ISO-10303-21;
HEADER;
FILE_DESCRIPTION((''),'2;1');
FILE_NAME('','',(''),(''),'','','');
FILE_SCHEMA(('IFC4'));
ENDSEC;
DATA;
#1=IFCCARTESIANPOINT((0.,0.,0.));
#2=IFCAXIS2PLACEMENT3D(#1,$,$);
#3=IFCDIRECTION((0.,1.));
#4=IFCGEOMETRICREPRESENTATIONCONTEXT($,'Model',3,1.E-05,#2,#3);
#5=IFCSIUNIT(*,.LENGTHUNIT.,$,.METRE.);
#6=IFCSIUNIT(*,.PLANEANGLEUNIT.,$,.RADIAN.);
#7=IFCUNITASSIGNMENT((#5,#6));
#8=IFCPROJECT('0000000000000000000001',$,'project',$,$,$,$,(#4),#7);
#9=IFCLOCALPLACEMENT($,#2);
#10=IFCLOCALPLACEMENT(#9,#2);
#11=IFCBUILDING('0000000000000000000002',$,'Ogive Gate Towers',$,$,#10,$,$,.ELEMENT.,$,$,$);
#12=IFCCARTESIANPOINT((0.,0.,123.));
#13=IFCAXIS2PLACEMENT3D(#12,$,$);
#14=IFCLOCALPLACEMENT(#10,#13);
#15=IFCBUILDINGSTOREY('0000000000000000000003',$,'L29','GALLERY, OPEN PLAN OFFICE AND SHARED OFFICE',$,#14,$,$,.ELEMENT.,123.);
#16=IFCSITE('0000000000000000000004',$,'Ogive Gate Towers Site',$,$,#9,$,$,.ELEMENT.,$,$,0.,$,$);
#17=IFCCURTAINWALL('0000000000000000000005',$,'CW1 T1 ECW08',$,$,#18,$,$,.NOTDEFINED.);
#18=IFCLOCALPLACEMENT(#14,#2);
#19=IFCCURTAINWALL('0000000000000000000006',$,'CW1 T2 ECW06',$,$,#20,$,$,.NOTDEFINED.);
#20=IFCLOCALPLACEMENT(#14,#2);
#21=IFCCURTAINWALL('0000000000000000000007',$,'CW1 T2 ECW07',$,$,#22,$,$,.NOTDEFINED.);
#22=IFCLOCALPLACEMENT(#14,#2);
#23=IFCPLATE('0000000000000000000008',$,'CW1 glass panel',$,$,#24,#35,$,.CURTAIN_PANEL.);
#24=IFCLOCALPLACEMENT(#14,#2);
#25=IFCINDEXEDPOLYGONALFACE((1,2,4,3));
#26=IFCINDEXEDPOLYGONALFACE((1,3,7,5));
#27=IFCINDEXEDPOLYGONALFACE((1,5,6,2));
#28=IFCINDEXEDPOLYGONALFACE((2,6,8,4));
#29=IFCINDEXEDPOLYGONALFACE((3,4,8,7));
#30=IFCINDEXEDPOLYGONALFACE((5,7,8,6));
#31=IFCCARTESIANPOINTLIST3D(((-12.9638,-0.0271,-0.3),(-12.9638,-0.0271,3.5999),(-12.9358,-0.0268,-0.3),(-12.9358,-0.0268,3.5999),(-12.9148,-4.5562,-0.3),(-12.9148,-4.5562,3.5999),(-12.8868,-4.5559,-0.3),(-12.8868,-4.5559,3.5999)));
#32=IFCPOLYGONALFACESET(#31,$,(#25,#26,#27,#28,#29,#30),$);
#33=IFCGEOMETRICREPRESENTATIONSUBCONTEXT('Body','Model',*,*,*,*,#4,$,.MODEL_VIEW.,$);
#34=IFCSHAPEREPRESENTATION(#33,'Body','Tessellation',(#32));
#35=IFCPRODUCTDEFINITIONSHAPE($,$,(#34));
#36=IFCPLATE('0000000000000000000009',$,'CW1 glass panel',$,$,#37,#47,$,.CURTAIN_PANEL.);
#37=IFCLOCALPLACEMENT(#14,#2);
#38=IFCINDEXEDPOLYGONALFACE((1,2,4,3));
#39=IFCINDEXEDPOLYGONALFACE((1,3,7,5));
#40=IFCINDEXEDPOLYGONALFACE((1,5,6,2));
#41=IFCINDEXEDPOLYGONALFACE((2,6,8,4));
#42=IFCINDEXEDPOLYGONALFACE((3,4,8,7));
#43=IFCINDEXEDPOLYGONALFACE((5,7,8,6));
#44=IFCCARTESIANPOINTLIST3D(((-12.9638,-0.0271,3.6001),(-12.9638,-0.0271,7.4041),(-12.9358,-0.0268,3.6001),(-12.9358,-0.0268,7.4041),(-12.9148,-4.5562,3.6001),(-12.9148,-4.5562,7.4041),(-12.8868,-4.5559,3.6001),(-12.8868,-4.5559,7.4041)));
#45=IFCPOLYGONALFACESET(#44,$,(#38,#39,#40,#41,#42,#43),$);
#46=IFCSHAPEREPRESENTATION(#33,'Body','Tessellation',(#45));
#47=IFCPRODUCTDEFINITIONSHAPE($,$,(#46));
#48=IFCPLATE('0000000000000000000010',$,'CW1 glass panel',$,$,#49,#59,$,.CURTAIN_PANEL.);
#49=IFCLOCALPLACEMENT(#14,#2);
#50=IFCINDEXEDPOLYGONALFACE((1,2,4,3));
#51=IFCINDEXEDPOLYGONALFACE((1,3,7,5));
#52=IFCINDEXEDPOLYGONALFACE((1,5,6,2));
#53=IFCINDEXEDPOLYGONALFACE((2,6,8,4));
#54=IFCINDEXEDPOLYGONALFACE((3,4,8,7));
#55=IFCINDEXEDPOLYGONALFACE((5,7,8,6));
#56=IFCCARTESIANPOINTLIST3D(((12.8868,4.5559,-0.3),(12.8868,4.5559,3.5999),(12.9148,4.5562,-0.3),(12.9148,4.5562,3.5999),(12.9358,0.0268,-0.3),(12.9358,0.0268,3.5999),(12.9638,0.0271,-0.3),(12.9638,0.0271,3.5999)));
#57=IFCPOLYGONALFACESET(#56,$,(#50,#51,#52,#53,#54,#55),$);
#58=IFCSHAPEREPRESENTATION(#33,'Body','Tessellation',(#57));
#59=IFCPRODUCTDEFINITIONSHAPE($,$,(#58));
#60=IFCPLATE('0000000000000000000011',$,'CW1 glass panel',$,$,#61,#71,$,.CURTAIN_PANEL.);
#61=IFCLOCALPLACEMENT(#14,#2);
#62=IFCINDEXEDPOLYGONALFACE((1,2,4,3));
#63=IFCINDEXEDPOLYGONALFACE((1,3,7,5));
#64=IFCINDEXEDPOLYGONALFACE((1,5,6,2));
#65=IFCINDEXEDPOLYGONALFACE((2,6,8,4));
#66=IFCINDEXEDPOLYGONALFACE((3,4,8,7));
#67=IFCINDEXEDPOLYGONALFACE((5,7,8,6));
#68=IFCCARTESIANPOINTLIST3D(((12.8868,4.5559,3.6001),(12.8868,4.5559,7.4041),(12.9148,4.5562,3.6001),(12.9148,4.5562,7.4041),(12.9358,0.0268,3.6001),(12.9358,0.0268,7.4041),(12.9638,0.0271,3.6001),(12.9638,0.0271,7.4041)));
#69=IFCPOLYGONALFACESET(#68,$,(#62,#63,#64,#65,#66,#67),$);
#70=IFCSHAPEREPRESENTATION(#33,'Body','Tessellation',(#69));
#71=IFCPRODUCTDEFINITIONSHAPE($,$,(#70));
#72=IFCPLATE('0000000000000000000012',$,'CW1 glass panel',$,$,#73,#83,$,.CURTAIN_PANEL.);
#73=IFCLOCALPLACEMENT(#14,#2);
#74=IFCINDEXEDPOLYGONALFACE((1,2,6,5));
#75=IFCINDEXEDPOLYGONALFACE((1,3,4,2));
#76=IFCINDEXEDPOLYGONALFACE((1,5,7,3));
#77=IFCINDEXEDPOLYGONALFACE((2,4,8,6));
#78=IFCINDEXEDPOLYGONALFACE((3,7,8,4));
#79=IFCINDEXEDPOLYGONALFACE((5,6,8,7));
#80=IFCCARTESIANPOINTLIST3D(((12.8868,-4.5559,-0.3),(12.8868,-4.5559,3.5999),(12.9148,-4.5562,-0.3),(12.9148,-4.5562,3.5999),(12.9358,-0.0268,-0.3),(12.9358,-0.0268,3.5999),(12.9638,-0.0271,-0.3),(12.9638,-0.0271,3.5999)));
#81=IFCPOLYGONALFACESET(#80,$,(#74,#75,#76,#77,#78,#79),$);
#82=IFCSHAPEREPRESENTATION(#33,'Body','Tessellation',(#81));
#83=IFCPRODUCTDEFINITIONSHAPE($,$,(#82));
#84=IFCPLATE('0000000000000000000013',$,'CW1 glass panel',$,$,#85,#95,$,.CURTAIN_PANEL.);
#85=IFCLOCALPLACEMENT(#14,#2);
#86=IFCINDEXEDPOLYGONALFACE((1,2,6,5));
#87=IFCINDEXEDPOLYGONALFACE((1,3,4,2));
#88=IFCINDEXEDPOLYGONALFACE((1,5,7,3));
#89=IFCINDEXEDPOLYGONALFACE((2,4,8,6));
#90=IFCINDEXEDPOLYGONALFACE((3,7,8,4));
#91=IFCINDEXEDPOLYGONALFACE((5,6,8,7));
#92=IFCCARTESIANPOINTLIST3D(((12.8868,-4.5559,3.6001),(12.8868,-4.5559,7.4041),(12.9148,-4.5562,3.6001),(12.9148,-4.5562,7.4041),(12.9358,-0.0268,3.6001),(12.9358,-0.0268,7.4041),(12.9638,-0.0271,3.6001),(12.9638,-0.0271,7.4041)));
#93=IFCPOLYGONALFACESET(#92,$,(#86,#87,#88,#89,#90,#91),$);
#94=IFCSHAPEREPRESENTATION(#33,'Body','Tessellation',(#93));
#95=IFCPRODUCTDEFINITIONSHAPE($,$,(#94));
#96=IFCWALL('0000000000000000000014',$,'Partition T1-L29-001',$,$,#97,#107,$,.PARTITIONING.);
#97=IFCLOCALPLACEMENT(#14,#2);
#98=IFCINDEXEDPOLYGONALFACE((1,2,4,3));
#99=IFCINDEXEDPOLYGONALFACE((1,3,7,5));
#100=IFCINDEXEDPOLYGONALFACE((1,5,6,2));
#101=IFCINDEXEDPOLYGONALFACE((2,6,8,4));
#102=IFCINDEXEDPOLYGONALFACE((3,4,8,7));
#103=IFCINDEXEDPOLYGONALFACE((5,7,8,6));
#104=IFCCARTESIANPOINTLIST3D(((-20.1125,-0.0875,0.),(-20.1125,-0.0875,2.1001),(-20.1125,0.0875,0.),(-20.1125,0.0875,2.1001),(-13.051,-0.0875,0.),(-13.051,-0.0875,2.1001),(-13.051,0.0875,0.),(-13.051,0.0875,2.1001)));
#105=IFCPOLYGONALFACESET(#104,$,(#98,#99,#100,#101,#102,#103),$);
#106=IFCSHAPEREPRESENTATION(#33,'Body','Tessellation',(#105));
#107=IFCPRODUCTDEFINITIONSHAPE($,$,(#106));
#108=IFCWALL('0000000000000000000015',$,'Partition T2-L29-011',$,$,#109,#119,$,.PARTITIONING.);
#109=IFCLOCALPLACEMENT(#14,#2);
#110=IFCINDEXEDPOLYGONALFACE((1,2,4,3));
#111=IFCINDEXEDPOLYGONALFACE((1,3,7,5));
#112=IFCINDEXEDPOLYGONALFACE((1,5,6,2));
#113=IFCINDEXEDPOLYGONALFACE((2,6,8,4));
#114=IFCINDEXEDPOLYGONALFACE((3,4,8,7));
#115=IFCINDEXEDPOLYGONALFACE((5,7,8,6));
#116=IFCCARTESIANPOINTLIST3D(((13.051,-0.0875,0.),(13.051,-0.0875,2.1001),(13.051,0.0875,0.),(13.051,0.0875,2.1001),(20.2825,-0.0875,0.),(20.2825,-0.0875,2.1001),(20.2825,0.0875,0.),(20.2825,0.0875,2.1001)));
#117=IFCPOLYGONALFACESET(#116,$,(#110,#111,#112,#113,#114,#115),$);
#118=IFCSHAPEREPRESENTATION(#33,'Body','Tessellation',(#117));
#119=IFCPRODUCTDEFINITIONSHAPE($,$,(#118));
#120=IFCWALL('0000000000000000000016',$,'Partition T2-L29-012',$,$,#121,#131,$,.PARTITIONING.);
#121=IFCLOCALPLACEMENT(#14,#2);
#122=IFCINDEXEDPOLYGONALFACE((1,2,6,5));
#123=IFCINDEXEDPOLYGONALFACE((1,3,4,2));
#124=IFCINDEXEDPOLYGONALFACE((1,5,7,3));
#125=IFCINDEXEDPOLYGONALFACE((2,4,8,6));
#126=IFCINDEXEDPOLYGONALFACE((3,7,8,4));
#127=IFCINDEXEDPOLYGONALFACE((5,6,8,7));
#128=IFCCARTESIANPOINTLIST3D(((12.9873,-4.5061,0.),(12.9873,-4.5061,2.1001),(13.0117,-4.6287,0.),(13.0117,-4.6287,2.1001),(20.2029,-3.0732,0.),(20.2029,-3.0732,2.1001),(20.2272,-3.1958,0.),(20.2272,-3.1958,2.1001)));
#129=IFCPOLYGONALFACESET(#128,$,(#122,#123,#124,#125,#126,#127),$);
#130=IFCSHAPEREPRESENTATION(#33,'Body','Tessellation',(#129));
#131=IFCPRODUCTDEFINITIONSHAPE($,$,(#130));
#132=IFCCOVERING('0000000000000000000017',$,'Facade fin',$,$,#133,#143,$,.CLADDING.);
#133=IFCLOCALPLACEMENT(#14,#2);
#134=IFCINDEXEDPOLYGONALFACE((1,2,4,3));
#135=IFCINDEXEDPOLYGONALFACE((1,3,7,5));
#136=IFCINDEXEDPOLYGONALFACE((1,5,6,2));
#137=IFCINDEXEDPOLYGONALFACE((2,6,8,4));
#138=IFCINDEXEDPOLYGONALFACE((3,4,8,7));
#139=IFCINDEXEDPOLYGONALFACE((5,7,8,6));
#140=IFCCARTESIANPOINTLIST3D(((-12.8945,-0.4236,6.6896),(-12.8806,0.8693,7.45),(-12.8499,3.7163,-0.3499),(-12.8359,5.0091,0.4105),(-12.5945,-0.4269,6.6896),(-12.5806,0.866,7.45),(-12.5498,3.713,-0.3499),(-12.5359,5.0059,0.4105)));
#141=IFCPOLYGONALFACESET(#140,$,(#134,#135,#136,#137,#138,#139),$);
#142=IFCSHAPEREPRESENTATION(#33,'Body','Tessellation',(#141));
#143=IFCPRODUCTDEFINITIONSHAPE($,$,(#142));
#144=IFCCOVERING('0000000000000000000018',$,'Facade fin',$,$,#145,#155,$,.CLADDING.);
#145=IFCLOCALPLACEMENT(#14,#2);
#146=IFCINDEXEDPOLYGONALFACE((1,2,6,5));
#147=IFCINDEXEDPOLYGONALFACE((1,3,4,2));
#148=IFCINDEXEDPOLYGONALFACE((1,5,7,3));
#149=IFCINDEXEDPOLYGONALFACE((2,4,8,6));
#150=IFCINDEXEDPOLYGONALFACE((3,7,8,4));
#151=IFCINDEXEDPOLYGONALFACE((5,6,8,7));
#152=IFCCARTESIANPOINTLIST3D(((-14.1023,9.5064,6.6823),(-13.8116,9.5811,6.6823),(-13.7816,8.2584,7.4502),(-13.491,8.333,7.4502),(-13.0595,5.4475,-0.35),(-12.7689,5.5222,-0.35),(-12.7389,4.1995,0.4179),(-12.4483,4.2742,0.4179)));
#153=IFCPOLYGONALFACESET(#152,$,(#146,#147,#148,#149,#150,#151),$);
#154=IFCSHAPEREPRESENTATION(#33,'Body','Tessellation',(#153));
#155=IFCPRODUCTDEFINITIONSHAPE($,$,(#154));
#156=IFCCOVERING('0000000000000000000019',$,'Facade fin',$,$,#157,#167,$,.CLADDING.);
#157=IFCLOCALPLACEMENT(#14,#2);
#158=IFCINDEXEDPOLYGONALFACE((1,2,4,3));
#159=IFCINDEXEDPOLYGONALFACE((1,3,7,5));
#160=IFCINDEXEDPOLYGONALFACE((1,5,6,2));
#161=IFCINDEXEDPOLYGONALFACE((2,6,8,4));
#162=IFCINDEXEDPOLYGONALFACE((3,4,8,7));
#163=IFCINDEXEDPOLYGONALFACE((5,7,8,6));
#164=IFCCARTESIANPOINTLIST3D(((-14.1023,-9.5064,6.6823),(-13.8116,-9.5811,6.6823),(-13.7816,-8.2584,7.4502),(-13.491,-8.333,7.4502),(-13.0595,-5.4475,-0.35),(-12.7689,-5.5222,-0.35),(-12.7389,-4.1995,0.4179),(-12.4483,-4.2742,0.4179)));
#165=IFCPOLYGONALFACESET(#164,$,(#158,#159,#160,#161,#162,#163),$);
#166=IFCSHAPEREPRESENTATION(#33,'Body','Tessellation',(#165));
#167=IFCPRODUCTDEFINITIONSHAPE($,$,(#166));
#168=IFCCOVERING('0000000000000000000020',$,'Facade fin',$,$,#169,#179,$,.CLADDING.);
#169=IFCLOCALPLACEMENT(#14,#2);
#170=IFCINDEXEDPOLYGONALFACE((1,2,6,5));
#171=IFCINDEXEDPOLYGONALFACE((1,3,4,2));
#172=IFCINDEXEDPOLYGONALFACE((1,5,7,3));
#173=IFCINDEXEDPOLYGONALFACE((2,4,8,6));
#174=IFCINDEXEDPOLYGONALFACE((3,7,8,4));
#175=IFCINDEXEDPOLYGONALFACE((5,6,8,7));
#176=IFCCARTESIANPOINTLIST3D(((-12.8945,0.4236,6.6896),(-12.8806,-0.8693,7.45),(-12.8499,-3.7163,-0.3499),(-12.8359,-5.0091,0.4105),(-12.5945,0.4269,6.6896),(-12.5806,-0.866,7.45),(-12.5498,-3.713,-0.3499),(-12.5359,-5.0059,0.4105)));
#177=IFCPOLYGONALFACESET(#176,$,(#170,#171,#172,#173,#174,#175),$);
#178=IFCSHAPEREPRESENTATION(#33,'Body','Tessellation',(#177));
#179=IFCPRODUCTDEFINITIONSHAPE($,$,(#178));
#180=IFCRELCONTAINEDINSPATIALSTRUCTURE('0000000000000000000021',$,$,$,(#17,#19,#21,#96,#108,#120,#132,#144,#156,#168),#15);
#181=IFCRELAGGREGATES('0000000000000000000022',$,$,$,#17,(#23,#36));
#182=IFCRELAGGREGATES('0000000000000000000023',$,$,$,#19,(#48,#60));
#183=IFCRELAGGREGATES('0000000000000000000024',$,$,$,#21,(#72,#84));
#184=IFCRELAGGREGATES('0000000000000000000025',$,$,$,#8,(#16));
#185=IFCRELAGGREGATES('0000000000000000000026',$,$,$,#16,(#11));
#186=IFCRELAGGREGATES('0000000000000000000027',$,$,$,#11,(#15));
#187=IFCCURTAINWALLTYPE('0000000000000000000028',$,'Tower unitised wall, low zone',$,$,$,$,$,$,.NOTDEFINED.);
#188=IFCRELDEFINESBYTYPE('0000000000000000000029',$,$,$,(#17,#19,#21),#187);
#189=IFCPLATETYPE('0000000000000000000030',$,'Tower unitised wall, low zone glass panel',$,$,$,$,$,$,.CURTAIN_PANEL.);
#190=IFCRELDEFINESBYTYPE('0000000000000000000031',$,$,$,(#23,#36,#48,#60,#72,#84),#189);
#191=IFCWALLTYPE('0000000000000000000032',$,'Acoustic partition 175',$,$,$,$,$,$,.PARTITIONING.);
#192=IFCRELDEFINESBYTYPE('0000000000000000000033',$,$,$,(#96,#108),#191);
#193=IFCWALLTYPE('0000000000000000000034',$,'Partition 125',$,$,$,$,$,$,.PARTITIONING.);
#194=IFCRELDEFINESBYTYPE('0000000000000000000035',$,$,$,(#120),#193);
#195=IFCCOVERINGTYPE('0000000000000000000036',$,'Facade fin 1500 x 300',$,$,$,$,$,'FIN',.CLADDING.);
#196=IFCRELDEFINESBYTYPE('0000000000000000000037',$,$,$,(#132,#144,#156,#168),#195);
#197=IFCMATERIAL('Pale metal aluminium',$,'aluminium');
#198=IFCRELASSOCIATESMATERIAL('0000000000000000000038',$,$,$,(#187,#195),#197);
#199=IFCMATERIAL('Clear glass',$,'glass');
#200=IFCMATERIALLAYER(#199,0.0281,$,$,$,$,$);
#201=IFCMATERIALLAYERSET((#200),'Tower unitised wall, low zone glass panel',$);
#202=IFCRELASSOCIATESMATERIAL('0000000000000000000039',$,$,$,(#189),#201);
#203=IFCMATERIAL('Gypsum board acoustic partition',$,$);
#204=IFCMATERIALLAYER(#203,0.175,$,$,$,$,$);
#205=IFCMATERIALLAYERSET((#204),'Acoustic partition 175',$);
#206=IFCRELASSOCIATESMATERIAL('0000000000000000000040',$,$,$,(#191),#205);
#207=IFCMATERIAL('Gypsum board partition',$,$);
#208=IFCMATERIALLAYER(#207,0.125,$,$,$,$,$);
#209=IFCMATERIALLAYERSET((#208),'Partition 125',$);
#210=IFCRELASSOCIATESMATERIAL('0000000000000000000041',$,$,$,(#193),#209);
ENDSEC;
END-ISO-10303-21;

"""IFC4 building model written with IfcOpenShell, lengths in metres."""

from ifc_helpers import new_model, si_unit, direction, frame, frame_2d, origin, origin_2d, place, context, subcontext, project, spatial, rectangle, extrude, material, layer, layer_set, material_profile, profile_set, type_object, element, aggregate, save


model = new_model("IFC4")

# Units and contexts
model_context = context("Model", 3, precision=1e-05, world=origin(), true_north=direction((0.0, 1.0)))
body_context = subcontext(model_context, "Body", "Model", "MODEL_VIEW")
ifc_project = project(units=[si_unit("LENGTHUNIT", "METRE"), si_unit("PLANEANGLEUNIT", "RADIAN")], contexts=[model_context])

# Site, building, storey
site_placement = place(None, origin())
site = spatial("IfcSite", under=ifc_project, at=site_placement, Name="Ogive Gate Towers Site", CompositionType="ELEMENT", RefElevation=0.0)
building_placement = place(site_placement, origin())
building = spatial("IfcBuilding", under=site, at=building_placement, Name="Ogive Gate Towers", CompositionType="ELEMENT")
storey_placement = place(building_placement, frame((0.0, 0.0, 123.0)))
storey = spatial("IfcBuildingStorey", under=building, at=storey_placement, Name="L29", Description="GALLERY, OPEN PLAN OFFICE AND SHARED OFFICE", CompositionType="ELEMENT", Elevation=123.0)

# Shared definitions
ifc_material_1 = material(Name="Pale metal aluminium", Category="aluminium")
curtain_wall_type = type_object("IfcCurtainWallType", Name="Tower unitised wall, low zone", PredefinedType="NOTDEFINED", material=ifc_material_1)

# Curtain wall
curtain_wall_1_placement = place(storey_placement, origin())
curtain_wall_1 = element("IfcCurtainWall", 1, at=curtain_wall_1_placement, inside=storey, type_object=curtain_wall_type, Name="CW1 T1 ECW08", PredefinedType="NOTDEFINED")

# Curtain wall
curtain_wall_2_placement = place(storey_placement, origin())
curtain_wall_2 = element("IfcCurtainWall", 2, at=curtain_wall_2_placement, inside=storey, type_object=curtain_wall_type, Name="CW1 T2 ECW06", PredefinedType="NOTDEFINED")

# Curtain wall
curtain_wall_3_placement = place(storey_placement, origin())
curtain_wall_3 = element("IfcCurtainWall", 3, at=curtain_wall_3_placement, inside=storey, type_object=curtain_wall_type, Name="CW1 T2 ECW07", PredefinedType="NOTDEFINED")

# Plates
ifc_material_2 = material(Name="Clear glass", Category="glass")
ifc_layer_1 = layer(ifc_material_2, 0.0281)
ifc_layer_set_1 = layer_set([ifc_layer_1], Name="Tower unitised wall, low zone glass panel")
plate_type = type_object("IfcPlateType", Name="Tower unitised wall, low zone glass panel", PredefinedType="CURTAIN_PANEL", material=ifc_layer_set_1)
plate_1_placement = place(storey_placement, frame((-12.9253, -2.2915, -0.3), z_axis=(0.0, 0.0, 1.0), x_axis=(-0.010821, 0.999941, 0.0)))
plate_1 = element("IfcPlate", 4, at=plate_1_placement, type_object=plate_type, Name="CW1 glass panel", PredefinedType="CURTAIN_PANEL", context=body_context, shape_type="SweptSolid", body=[
    extrude(rectangle(XDim=4.5293, YDim=0.0281, at=origin_2d()), origin(), (0.0, 0.0, 1.0), 3.8999),
])
plate_2_placement = place(storey_placement, frame((-12.9253, -2.2915, 3.6001), z_axis=(0.0, 0.0, 1.0), x_axis=(-0.010821, 0.999941, 0.0)))
plate_2 = element("IfcPlate", 5, at=plate_2_placement, type_object=plate_type, Name="CW1 glass panel", PredefinedType="CURTAIN_PANEL", context=body_context, shape_type="SweptSolid", body=[
    extrude(rectangle(XDim=4.5293, YDim=0.0281, at=origin_2d()), origin(), (0.0, 0.0, 1.0), 3.804),
])
aggregate(curtain_wall_1, [plate_1, plate_2])
plate_3_placement = place(storey_placement, frame((12.9253, 2.2915, -0.3), z_axis=(0.0, 0.0, 1.0), x_axis=(-0.010821, 0.999941, 0.0)))
plate_3 = element("IfcPlate", 6, at=plate_3_placement, type_object=plate_type, Name="CW1 glass panel", PredefinedType="CURTAIN_PANEL", context=body_context, shape_type="SweptSolid", body=[
    extrude(rectangle(XDim=4.5293, YDim=0.0281, at=origin_2d()), origin(), (0.0, 0.0, 1.0), 3.8999),
])
plate_4_placement = place(storey_placement, frame((12.9253, 2.2915, 3.6001), z_axis=(0.0, 0.0, 1.0), x_axis=(-0.010821, 0.999941, 0.0)))
plate_4 = element("IfcPlate", 7, at=plate_4_placement, type_object=plate_type, Name="CW1 glass panel", PredefinedType="CURTAIN_PANEL", context=body_context, shape_type="SweptSolid", body=[
    extrude(rectangle(XDim=4.5293, YDim=0.0281, at=origin_2d()), origin(), (0.0, 0.0, 1.0), 3.804),
])
aggregate(curtain_wall_2, [plate_3, plate_4])
plate_5_placement = place(storey_placement, frame((12.9253, -2.2915, -0.3), z_axis=(0.0, 0.0, 1.0), x_axis=(0.010821, 0.999941, 0.0)))
plate_5 = element("IfcPlate", 8, at=plate_5_placement, type_object=plate_type, Name="CW1 glass panel", PredefinedType="CURTAIN_PANEL", context=body_context, shape_type="SweptSolid", body=[
    extrude(rectangle(XDim=4.5293, YDim=0.0281, at=origin_2d()), origin(), (0.0, 0.0, 1.0), 3.8999),
])
plate_6_placement = place(storey_placement, frame((12.9253, -2.2915, 3.6001), z_axis=(0.0, 0.0, 1.0), x_axis=(0.010821, 0.999941, 0.0)))
plate_6 = element("IfcPlate", 9, at=plate_6_placement, type_object=plate_type, Name="CW1 glass panel", PredefinedType="CURTAIN_PANEL", context=body_context, shape_type="SweptSolid", body=[
    extrude(rectangle(XDim=4.5293, YDim=0.0281, at=origin_2d()), origin(), (0.0, 0.0, 1.0), 3.804),
])
aggregate(curtain_wall_3, [plate_5, plate_6])

# Walls
ifc_material_3 = material(Name="Gypsum board acoustic partition")
ifc_layer_2 = layer(ifc_material_3, 0.175)
ifc_layer_set_2 = layer_set([ifc_layer_2], Name="Acoustic partition 175")
wall_type_1 = type_object("IfcWallType", Name="Acoustic partition 175", PredefinedType="PARTITIONING", material=ifc_layer_set_2)
wall_1_placement = place(storey_placement, frame((-13.051, 0.0, 0.0), z_axis=(0.0, 0.0, 1.0), x_axis=(-1.0, 0.0, 0.0)))
element("IfcWall", 10, at=wall_1_placement, inside=storey, type_object=wall_type_1, Name="Partition T1-L29-001", PredefinedType="PARTITIONING", context=body_context, shape_type="SweptSolid", body=[
    extrude(rectangle(XDim=7.0615, YDim=0.175, at=frame_2d((3.5308, 0.0))), origin(), (0.0, 0.0, 1.0), 2.1001),
])
wall_2_placement = place(storey_placement, frame((13.051, 0.0, 0.0), z_axis=(0.0, 0.0, 1.0), x_axis=(1.0, 0.0, 0.0)))
element("IfcWall", 11, at=wall_2_placement, inside=storey, type_object=wall_type_1, Name="Partition T2-L29-011", PredefinedType="PARTITIONING", context=body_context, shape_type="SweptSolid", body=[
    extrude(rectangle(XDim=7.2314, YDim=0.175, at=frame_2d((3.6157, 0.0))), origin(), (0.0, 0.0, 1.0), 2.1001),
])
ifc_material_4 = material(Name="Gypsum board partition")
ifc_layer_3 = layer(ifc_material_4, 0.125)
ifc_layer_set_3 = layer_set([ifc_layer_3], Name="Partition 125")
wall_type_2 = type_object("IfcWallType", Name="Partition 125", PredefinedType="PARTITIONING", material=ifc_layer_set_3)
wall_3_placement = place(storey_placement, frame((12.9995, -4.5674, 0.0), z_axis=(0.0, 0.0, 1.0), x_axis=(0.980848, 0.194776, 0.0)))
element("IfcWall", 12, at=wall_3_placement, inside=storey, type_object=wall_type_2, Name="Partition T2-L29-012", PredefinedType="PARTITIONING", context=body_context, shape_type="SweptSolid", body=[
    extrude(rectangle(XDim=7.3564, YDim=0.125, at=frame_2d((3.6782, 0.0))), origin(), (0.0, 0.0, 1.0), 2.1001),
])

# Coverings
ifc_material_profile_1 = material_profile(ifc_material_1, rectangle(XDim=0.3, YDim=1.5, at=origin_2d()), Name="1500 x 300 pale metal aluminium")
ifc_profile_set_1 = profile_set([ifc_material_profile_1], Name="Pale metal aluminium")
covering_type = type_object("IfcCoveringType", Name="Facade fin 1500 x 300", ElementType="FIN", PredefinedType="CLADDING", material=ifc_profile_set_1)
covering_1_placement = place(storey_placement, frame((-12.6929, 4.3611, 0.0303), z_axis=(-0.005471, -0.50692, 0.861976), x_axis=(0.999942, -0.010791, 0.0)))
element("IfcCovering", 13, at=covering_1_placement, inside=storey, type_object=covering_type, Name="Facade fin", PredefinedType="CLADDING", context=body_context, shape_type="SweptSolid", body=[
    extrude(rectangle(XDim=0.3, YDim=1.5, at=origin_2d()), origin(), (0.0, 0.0, 1.0), 8.1667),
])
for number, where, z_axis, x_axis, name in (
    (14, (-12.7539, 4.8608, 0.0339), (-0.127376, 0.495815, 0.859036), (-0.968549, -0.248822, 0.0), "Facade fin"),
    (15, (-12.7539, -4.8608, 0.0339), (-0.127376, -0.495815, 0.859036), (0.968549, -0.248822, 0.0), "Facade fin"),
):
    element("IfcCovering", number, at=place(storey_placement, frame(where, z_axis=z_axis, x_axis=x_axis)), inside=storey, type_object=covering_type, Name=name, PredefinedType="CLADDING", context=body_context, shape_type="SweptSolid", body=[
        extrude(rectangle(XDim=0.3, YDim=1.5, at=origin_2d()), origin(), (0.0, 0.0, 1.0), 8.1863),
    ])
covering_2_placement = place(storey_placement, frame((-12.6929, -4.3611, 0.0303), z_axis=(-0.005471, 0.50692, 0.861976), x_axis=(-0.999942, -0.010791, 0.0)))
element("IfcCovering", 16, at=covering_2_placement, inside=storey, type_object=covering_type, Name="Facade fin", PredefinedType="CLADDING", context=body_context, shape_type="SweptSolid", body=[
    extrude(rectangle(XDim=0.3, YDim=1.5, at=origin_2d()), origin(), (0.0, 0.0, 1.0), 8.1667),
])

save(model, "model.ifc")
